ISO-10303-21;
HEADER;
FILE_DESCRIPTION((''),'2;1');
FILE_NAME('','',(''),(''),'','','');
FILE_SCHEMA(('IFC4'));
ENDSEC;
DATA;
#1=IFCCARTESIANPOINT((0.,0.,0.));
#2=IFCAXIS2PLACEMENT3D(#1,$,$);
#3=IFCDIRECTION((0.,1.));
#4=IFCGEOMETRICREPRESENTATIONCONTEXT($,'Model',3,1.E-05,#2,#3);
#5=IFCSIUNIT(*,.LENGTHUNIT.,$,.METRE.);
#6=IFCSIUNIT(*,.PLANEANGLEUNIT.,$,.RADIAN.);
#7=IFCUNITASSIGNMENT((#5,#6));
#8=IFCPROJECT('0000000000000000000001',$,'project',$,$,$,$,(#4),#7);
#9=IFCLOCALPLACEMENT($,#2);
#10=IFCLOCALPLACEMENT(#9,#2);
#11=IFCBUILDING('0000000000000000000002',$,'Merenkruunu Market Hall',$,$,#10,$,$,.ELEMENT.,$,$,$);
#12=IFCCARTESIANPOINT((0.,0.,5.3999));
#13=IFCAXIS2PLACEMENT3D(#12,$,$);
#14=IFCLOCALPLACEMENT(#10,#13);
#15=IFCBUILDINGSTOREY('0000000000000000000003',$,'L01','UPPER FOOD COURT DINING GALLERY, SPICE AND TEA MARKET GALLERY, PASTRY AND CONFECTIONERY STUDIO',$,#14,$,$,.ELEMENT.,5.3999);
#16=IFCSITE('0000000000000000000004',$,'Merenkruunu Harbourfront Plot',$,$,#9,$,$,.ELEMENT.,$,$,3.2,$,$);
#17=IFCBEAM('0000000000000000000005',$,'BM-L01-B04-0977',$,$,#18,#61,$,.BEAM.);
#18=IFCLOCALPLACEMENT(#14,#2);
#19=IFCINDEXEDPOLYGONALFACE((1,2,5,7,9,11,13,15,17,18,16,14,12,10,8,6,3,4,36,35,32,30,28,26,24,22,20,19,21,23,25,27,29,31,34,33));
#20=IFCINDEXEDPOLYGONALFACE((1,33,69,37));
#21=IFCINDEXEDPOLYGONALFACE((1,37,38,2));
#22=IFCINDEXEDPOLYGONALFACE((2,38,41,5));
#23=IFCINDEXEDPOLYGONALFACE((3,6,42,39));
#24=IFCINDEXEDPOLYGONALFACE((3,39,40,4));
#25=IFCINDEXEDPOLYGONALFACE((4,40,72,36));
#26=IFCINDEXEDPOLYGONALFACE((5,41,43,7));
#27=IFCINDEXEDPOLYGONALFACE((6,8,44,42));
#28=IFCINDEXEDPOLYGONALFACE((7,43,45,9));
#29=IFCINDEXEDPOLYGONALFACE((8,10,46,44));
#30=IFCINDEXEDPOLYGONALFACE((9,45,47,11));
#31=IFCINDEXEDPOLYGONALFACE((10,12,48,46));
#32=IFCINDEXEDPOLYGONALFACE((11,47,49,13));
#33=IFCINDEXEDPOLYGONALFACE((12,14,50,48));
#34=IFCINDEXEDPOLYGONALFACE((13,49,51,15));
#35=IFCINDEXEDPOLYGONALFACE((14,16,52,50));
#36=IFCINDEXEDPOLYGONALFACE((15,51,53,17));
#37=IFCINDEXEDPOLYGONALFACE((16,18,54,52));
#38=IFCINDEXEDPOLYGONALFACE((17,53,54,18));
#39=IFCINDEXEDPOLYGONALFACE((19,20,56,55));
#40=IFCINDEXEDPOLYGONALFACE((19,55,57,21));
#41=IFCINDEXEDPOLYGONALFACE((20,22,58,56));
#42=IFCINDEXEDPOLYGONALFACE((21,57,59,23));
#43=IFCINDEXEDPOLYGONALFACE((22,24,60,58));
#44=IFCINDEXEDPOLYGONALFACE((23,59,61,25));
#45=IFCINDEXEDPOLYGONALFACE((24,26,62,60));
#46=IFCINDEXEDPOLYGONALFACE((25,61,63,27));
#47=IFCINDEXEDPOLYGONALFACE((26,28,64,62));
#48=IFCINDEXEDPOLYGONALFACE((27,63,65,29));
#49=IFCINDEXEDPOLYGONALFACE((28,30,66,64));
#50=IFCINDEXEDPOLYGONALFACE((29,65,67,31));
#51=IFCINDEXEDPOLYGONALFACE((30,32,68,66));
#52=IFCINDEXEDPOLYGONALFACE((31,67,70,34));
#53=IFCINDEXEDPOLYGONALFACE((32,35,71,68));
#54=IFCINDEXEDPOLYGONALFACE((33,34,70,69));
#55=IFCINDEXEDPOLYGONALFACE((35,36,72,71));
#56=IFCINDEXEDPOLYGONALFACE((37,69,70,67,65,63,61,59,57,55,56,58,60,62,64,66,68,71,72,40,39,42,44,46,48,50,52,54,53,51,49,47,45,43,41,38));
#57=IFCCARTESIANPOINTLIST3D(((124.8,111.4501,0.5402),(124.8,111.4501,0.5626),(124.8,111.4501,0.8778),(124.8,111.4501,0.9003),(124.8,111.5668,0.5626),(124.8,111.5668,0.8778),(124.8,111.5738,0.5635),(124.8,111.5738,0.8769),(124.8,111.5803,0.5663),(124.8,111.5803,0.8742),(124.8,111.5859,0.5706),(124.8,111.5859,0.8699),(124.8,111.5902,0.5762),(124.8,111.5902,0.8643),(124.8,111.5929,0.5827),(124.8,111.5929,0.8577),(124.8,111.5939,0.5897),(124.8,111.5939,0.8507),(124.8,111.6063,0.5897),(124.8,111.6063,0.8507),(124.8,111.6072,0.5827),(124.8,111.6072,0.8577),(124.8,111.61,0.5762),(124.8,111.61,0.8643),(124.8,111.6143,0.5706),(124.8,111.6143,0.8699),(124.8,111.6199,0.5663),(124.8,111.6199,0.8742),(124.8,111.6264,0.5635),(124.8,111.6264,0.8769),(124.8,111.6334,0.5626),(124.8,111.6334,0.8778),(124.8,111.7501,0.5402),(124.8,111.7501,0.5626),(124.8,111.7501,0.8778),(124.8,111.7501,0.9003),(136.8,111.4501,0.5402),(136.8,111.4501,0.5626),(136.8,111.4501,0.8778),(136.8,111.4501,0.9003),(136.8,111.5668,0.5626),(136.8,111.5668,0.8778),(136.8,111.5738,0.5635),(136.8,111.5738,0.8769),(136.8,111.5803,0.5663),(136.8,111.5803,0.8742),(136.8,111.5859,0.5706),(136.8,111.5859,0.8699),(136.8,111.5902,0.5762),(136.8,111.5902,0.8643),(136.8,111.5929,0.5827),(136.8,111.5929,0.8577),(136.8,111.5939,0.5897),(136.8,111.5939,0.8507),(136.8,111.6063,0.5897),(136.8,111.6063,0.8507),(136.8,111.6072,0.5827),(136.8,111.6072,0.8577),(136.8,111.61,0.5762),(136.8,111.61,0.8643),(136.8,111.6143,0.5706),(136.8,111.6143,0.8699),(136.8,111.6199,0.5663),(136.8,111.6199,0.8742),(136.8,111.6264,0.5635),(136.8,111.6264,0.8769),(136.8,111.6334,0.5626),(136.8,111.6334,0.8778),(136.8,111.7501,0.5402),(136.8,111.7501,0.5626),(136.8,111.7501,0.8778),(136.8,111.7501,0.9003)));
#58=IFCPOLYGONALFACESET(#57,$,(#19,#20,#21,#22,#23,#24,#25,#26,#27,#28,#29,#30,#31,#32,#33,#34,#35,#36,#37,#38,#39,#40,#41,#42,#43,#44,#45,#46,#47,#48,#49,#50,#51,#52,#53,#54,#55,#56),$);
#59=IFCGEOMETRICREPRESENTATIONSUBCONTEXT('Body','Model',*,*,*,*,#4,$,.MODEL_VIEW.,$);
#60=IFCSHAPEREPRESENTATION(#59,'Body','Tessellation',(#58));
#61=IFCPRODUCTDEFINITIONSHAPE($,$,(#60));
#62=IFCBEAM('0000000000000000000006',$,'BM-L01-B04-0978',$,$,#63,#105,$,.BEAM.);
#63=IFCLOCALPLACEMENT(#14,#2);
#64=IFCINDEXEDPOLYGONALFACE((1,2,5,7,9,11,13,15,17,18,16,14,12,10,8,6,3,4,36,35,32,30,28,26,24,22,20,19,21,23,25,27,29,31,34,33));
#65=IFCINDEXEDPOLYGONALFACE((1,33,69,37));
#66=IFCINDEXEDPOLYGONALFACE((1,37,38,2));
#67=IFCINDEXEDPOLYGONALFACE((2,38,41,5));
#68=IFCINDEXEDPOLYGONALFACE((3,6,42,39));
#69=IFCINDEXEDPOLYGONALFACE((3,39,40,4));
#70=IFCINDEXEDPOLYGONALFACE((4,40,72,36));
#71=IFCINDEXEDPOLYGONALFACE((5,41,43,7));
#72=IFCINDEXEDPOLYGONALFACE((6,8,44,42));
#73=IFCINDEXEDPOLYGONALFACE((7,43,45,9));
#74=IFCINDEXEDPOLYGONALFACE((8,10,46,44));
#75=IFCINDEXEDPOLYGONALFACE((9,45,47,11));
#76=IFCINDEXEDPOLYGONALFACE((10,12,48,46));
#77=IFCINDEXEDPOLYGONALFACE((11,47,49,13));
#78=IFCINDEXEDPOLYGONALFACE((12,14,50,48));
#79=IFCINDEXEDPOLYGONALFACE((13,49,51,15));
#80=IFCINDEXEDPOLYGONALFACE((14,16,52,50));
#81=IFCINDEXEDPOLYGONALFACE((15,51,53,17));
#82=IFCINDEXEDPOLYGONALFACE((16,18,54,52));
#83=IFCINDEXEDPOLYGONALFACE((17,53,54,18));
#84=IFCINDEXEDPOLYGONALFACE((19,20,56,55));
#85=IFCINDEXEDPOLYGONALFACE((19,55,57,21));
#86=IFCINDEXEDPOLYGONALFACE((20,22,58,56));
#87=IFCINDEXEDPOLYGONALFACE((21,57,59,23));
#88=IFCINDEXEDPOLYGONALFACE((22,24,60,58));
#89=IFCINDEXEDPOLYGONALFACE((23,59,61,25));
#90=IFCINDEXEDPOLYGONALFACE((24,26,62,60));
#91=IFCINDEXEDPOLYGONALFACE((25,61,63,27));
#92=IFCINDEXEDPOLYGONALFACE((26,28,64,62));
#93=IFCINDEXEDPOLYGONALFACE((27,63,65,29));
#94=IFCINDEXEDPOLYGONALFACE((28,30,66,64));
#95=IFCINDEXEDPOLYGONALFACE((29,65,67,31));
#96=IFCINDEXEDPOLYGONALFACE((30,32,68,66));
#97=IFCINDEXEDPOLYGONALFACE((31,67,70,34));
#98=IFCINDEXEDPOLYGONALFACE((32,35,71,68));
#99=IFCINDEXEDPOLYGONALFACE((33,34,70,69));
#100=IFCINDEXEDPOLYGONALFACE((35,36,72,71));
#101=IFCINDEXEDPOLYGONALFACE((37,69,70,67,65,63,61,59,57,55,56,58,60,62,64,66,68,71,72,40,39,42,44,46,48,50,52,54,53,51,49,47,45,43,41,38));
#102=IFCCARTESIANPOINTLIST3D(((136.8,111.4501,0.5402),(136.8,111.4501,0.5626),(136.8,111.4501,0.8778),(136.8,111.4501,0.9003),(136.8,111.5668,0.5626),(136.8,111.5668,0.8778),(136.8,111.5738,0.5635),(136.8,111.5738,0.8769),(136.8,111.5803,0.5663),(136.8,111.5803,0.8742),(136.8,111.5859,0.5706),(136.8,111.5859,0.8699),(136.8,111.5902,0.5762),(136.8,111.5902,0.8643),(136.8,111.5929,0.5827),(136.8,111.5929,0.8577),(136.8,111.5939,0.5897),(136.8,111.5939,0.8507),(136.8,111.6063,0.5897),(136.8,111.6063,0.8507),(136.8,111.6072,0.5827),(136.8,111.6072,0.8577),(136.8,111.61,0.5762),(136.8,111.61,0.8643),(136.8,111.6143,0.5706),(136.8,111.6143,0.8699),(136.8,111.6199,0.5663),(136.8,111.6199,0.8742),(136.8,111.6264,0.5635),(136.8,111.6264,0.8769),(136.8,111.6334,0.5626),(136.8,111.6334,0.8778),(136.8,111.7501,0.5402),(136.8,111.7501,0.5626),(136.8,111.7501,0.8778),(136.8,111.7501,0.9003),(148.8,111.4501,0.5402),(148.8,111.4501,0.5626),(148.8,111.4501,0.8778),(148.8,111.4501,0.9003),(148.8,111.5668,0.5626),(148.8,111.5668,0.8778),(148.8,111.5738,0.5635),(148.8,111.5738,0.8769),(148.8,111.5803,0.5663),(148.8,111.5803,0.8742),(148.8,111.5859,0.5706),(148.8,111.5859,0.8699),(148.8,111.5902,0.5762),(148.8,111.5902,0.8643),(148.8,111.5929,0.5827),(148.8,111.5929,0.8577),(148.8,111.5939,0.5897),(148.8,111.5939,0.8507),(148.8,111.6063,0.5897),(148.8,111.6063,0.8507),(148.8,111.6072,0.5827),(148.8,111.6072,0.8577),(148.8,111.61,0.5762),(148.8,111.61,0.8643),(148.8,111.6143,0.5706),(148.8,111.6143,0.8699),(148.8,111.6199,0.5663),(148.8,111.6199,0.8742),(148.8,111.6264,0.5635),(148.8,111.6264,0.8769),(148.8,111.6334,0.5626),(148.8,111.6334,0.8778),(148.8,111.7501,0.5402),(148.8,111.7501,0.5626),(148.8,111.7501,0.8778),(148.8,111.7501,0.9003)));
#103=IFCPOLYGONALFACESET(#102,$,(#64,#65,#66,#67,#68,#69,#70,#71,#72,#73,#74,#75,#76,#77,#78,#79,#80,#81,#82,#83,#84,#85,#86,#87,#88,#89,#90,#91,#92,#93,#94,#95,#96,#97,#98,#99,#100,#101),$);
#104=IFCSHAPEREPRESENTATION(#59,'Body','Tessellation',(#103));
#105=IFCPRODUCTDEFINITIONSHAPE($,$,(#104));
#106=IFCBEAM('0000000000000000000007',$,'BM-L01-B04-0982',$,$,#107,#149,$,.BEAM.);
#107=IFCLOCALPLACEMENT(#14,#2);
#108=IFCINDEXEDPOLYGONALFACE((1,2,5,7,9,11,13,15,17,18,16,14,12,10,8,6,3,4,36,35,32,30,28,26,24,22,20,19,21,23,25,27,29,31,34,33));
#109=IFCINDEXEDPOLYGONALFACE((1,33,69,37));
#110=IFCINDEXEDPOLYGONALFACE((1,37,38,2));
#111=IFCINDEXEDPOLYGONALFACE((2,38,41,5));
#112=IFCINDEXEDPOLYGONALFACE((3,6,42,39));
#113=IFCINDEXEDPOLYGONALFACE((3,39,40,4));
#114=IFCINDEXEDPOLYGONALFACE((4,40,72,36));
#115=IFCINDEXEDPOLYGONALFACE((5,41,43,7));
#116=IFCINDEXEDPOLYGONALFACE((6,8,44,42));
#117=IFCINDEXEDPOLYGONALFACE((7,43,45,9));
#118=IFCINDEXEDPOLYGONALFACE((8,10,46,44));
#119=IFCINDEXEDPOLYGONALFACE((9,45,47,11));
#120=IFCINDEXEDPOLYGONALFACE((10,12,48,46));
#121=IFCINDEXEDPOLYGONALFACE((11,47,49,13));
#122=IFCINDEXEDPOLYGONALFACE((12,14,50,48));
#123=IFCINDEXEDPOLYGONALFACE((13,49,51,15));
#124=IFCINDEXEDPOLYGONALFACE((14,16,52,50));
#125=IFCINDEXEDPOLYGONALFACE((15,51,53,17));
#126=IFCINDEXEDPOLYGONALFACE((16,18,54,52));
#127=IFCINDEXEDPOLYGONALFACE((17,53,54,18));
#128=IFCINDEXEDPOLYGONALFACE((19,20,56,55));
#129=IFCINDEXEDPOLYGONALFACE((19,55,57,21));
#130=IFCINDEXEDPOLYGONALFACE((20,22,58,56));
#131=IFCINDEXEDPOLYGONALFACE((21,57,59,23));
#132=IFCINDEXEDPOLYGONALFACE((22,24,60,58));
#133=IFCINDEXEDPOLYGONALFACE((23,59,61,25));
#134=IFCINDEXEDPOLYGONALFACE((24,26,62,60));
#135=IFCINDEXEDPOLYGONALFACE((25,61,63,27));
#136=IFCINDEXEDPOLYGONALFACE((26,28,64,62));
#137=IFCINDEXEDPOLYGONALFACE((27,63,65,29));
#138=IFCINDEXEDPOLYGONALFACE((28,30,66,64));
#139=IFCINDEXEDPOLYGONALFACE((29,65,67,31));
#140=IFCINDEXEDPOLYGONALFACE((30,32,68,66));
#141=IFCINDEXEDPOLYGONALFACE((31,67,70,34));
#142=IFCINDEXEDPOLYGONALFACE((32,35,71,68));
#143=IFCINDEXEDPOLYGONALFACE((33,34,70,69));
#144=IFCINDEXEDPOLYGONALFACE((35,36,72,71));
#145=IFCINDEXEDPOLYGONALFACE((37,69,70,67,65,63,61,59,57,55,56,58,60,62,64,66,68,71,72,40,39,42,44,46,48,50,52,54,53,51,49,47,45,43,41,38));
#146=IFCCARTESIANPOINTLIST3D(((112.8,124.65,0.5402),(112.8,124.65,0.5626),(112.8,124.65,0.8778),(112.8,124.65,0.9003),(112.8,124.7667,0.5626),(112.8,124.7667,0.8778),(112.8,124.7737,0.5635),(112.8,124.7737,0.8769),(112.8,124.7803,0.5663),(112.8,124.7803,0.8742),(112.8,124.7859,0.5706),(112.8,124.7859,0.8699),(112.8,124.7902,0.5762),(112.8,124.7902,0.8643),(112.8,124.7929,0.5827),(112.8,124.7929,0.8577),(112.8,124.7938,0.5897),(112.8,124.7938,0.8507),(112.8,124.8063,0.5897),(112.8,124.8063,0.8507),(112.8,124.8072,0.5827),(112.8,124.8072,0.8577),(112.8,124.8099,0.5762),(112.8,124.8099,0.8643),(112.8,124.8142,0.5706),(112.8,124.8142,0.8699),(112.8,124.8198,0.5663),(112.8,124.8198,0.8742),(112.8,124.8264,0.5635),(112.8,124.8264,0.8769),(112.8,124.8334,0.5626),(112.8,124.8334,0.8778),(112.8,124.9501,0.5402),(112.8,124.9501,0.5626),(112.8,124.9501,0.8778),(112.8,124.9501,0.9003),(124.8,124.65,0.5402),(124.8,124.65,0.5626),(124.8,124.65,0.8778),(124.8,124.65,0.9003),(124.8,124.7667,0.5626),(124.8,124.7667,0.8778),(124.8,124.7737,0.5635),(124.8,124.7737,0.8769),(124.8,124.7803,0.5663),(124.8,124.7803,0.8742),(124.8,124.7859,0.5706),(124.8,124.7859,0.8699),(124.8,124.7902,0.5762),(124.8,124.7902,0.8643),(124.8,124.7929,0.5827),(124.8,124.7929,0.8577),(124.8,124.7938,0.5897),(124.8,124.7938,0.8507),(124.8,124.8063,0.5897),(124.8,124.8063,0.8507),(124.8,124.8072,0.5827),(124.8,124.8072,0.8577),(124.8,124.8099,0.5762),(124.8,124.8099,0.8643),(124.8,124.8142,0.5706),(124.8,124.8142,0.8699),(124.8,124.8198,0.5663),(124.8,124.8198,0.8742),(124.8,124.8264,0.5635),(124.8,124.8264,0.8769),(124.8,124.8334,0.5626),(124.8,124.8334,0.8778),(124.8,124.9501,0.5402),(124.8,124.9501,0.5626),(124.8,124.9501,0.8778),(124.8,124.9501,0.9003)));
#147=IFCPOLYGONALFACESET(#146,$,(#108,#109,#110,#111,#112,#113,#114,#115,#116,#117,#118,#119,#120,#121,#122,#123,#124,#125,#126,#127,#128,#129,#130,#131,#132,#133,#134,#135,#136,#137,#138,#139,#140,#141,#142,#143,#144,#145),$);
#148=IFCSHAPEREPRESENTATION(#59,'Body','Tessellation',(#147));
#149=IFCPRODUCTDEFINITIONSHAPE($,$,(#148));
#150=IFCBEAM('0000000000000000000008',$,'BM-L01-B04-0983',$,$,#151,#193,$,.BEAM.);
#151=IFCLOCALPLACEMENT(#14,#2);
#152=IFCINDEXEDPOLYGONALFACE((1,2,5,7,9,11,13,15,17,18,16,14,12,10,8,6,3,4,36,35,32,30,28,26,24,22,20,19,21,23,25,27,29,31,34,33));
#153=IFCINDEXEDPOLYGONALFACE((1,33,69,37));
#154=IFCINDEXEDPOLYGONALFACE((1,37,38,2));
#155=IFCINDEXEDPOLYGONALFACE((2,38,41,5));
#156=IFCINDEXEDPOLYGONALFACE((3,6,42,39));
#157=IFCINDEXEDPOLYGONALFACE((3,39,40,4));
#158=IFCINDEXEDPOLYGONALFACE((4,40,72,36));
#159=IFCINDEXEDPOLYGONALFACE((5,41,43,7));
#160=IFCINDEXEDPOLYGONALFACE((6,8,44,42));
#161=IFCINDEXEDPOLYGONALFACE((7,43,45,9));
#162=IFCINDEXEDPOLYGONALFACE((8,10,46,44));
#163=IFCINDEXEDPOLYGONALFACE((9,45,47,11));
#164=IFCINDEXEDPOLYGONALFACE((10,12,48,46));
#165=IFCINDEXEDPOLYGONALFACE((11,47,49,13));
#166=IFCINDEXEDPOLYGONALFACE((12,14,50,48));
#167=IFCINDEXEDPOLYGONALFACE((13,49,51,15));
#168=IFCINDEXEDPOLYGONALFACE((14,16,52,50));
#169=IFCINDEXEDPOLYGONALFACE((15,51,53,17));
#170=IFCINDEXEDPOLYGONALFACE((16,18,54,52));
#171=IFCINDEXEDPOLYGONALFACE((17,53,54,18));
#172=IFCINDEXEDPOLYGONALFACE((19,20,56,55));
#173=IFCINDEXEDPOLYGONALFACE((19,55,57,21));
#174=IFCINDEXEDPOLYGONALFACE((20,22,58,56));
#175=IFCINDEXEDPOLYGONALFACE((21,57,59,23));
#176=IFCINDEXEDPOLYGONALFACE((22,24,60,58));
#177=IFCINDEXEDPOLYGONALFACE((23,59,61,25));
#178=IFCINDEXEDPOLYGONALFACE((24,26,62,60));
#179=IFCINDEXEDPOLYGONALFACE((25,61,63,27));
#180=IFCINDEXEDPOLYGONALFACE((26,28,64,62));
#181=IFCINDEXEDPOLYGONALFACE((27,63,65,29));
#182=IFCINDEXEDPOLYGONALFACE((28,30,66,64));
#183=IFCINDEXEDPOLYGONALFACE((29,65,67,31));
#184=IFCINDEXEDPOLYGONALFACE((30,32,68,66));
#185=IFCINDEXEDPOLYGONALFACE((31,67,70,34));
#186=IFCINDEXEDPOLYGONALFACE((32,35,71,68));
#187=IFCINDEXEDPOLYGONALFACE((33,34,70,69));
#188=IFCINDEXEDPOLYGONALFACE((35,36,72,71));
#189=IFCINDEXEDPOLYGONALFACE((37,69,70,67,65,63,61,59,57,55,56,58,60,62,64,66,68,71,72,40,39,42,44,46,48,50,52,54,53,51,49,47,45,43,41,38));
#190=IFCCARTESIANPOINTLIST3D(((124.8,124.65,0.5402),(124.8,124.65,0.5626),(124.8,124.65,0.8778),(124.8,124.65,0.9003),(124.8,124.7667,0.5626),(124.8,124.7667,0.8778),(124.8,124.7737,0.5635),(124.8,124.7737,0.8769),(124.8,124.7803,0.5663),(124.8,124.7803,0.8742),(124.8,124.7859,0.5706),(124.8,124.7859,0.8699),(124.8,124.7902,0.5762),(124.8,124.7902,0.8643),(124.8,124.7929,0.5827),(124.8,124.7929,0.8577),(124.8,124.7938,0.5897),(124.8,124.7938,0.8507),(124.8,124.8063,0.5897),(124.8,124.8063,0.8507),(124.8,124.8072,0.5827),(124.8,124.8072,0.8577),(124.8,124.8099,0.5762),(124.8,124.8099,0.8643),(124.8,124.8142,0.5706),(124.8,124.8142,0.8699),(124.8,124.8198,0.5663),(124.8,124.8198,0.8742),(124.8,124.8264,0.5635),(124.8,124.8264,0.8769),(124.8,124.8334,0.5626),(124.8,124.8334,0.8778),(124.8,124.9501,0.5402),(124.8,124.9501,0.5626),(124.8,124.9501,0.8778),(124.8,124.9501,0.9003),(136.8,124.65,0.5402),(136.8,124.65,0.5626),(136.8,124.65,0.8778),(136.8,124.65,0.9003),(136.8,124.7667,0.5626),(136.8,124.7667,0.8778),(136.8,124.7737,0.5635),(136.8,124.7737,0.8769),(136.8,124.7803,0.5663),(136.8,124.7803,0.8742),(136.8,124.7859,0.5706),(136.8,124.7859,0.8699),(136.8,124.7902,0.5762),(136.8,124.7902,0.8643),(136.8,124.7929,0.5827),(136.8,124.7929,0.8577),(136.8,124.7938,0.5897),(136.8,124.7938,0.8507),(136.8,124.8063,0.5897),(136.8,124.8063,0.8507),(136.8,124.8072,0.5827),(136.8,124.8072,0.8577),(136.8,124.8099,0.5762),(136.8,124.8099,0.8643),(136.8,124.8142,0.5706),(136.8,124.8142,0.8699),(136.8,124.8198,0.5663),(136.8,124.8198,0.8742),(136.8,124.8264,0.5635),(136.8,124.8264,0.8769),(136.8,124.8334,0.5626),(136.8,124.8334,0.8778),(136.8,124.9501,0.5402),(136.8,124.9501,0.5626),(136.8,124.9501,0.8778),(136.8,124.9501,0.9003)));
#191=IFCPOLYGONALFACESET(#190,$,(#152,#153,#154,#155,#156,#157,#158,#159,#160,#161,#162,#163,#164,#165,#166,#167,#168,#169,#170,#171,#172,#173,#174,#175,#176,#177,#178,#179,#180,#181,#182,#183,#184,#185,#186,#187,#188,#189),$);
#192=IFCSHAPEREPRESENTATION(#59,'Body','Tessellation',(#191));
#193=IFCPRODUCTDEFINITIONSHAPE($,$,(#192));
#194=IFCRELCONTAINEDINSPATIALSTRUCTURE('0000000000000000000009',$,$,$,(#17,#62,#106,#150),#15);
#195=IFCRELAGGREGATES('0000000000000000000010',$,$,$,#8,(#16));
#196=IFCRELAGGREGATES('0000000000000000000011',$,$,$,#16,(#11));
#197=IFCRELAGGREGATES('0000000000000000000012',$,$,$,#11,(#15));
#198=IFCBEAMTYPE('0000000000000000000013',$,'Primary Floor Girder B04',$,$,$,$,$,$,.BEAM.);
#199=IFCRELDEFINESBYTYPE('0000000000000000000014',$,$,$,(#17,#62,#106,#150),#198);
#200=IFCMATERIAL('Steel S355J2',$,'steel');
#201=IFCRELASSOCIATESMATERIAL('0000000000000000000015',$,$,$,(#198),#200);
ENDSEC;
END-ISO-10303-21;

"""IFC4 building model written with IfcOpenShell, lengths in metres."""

from ifc_helpers import new_model, si_unit, direction, frame, origin, origin_2d, place, context, subcontext, project, spatial, i_section, extrude, material, material_profile, profile_set, type_object, element, save


model = new_model("IFC4")

# Units and contexts
model_context = context("Model", 3, precision=1e-05, world=origin(), true_north=direction((0.0, 1.0)))
body_context = subcontext(model_context, "Body", "Model", "MODEL_VIEW")
ifc_project = project(units=[si_unit("LENGTHUNIT", "METRE"), si_unit("PLANEANGLEUNIT", "RADIAN")], contexts=[model_context])

# Site, building, storey
site_placement = place(None, origin())
site = spatial("IfcSite", under=ifc_project, at=site_placement, Name="Merenkruunu Harbourfront Plot", CompositionType="ELEMENT", RefElevation=3.2)
building_placement = place(site_placement, origin())
building = spatial("IfcBuilding", under=site, at=building_placement, Name="Merenkruunu Market Hall", CompositionType="ELEMENT")
storey_placement = place(building_placement, frame((0.0, 0.0, 5.3999)))
storey = spatial("IfcBuildingStorey", under=building, at=storey_placement, Name="L01", Description="UPPER FOOD COURT DINING GALLERY, SPICE AND TEA MARKET GALLERY, PASTRY AND CONFECTIONERY STUDIO", CompositionType="ELEMENT", Elevation=5.3999)

# Beams
ifc_material_1 = material(Name="Steel S355J2", Category="steel")
ifc_material_profile_1 = material_profile(ifc_material_1, i_section(OverallWidth=0.3, OverallDepth=0.3601, WebThickness=0.0125, FlangeThickness=0.0225, FilletRadius=0.0271, at=origin_2d()), Name="HEB 360")
ifc_profile_set_1 = profile_set([ifc_material_profile_1], Name="Steel S355J2")
beam_type_1 = type_object("IfcBeamType", Name="Primary Floor Girder B04", PredefinedType="BEAM", material=ifc_profile_set_1)
for number, where, z_axis, x_axis, name in (
    (1, (124.8, 111.6001, 0.7202), (1.0, 0.0, 0.0), (0.0, 1.0, 0.0), "BM-L01-B04-0977"),
    (2, (136.8, 111.6001, 0.7202), (1.0, 0.0, 0.0), (0.0, 1.0, 0.0), "BM-L01-B04-0978"),
    (3, (112.8, 124.8, 0.7202), (1.0, 0.0, 0.0), (0.0, 1.0, 0.0), "BM-L01-B04-0982"),
    (4, (124.8, 124.8, 0.7202), (1.0, 0.0, 0.0), (0.0, 1.0, 0.0), "BM-L01-B04-0983"),
):
    element("IfcBeam", number, at=place(storey_placement, frame(where, z_axis=z_axis, x_axis=x_axis)), inside=storey, type_object=beam_type_1, Name=name, PredefinedType="BEAM", context=body_context, shape_type="SweptSolid", body=[
        extrude(i_section(OverallWidth=0.3, OverallDepth=0.3601, WebThickness=0.0125, FlangeThickness=0.0225, FilletRadius=0.0271, at=origin_2d()), origin(), (0.0, 0.0, 1.0), 12.0),
    ])

save(model, "model.ifc")
